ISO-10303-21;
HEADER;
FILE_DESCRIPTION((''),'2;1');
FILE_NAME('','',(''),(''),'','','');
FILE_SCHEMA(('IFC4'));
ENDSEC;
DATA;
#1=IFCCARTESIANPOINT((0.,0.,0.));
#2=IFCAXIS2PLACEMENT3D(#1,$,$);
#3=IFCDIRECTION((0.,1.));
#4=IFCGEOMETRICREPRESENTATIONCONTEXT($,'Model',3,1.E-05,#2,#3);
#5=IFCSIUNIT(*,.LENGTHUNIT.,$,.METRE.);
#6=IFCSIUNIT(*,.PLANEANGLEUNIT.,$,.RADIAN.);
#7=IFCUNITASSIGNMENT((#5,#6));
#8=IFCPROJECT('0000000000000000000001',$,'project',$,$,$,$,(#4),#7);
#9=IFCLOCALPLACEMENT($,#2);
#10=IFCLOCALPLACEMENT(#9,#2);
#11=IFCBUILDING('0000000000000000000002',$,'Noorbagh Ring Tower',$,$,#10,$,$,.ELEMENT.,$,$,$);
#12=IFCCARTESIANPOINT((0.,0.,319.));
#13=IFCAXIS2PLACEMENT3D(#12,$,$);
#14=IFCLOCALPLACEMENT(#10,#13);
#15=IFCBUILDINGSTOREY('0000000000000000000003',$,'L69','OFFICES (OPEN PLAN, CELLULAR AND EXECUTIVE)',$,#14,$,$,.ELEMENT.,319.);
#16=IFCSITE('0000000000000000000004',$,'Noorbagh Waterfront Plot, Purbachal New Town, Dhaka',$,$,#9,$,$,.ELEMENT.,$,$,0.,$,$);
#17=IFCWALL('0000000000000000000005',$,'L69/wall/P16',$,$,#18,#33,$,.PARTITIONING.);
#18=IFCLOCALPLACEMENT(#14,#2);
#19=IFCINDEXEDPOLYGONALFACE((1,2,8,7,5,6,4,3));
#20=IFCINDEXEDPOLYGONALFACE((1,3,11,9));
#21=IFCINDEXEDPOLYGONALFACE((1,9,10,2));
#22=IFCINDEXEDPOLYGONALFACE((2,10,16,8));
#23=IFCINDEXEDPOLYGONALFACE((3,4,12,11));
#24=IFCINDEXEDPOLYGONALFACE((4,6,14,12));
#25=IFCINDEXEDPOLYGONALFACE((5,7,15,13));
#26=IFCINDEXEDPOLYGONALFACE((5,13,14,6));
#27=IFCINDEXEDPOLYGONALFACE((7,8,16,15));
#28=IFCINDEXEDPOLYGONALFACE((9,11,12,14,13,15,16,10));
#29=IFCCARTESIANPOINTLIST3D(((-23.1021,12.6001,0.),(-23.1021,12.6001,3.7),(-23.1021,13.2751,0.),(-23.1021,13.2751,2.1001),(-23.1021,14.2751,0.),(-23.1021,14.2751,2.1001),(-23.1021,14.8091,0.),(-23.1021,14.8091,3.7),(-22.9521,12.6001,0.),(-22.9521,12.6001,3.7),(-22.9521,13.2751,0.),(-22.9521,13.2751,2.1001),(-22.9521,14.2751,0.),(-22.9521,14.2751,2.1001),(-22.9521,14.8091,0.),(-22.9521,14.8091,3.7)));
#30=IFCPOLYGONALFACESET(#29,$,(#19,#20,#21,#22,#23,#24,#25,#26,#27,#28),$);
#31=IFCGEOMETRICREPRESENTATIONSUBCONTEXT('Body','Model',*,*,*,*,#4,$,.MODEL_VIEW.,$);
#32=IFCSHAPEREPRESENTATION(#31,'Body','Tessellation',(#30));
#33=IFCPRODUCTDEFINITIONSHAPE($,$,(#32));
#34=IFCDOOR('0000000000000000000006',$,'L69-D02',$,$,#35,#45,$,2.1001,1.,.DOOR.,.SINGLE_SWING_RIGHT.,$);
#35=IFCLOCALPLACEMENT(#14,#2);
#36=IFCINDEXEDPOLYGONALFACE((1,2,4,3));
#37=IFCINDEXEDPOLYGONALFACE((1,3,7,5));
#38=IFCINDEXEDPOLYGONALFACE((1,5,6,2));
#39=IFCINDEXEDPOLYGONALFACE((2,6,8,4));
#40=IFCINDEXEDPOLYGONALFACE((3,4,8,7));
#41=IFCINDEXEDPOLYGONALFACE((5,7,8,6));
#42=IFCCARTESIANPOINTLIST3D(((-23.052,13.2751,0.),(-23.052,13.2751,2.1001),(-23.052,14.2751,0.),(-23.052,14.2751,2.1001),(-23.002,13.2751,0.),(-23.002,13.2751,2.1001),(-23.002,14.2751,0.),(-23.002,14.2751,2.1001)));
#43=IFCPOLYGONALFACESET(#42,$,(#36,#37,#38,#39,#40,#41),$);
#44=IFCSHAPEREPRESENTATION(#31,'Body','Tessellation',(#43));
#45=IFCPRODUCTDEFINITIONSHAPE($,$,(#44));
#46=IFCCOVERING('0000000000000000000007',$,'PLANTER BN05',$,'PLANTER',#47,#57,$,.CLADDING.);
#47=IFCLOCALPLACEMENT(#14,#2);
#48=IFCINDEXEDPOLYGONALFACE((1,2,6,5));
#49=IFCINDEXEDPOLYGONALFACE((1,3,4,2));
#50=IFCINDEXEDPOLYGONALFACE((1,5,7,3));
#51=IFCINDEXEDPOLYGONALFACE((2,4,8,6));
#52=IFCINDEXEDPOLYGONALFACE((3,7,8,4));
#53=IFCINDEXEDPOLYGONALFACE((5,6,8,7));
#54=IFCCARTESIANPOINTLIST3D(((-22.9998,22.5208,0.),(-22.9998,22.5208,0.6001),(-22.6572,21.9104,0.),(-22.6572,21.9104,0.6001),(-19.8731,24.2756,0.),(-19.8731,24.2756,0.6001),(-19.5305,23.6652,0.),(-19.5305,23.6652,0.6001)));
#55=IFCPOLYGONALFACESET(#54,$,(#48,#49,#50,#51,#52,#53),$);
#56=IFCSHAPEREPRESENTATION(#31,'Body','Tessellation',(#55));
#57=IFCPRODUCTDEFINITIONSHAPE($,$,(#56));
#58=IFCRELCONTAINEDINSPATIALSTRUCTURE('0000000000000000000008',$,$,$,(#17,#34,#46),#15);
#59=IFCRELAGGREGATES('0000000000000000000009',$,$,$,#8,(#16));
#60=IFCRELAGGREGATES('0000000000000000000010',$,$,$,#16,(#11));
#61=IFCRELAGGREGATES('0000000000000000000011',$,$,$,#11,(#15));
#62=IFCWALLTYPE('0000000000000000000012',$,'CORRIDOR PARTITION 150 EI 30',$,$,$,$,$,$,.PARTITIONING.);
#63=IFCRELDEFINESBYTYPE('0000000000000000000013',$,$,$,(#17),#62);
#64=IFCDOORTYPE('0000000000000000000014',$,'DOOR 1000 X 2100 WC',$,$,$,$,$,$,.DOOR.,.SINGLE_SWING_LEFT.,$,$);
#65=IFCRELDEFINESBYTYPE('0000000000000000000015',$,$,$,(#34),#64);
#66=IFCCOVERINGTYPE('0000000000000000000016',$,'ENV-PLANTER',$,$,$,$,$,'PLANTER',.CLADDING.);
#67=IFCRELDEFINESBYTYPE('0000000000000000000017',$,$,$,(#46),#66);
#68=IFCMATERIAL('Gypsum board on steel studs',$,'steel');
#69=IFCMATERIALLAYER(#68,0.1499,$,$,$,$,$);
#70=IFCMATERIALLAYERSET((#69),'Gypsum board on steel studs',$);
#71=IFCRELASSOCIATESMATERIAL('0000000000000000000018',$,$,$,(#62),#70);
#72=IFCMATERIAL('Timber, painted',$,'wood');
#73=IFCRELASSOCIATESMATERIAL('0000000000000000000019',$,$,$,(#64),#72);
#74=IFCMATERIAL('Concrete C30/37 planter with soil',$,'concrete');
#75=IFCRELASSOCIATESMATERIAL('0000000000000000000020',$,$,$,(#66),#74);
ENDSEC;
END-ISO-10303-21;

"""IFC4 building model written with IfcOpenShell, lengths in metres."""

from ifc_helpers import new_model, si_unit, direction, frame, frame_2d, origin, origin_2d, place, context, subcontext, project, spatial, rectangle, extrude, material, layer, layer_set, type_object, element, fill, save


model = new_model("IFC4")

# Units and contexts
model_context = context("Model", 3, precision=1e-05, world=origin(), true_north=direction((0.0, 1.0)))
body_context = subcontext(model_context, "Body", "Model", "MODEL_VIEW")
ifc_project = project(units=[si_unit("LENGTHUNIT", "METRE"), si_unit("PLANEANGLEUNIT", "RADIAN")], contexts=[model_context])

# Site, building, storey
site_placement = place(None, origin())
site = spatial("IfcSite", under=ifc_project, at=site_placement, Name="Noorbagh Waterfront Plot, Purbachal New Town, Dhaka", CompositionType="ELEMENT", RefElevation=0.0)
building_placement = place(site_placement, origin())
building = spatial("IfcBuilding", under=site, at=building_placement, Name="Noorbagh Ring Tower", CompositionType="ELEMENT")
storey_placement = place(building_placement, frame((0.0, 0.0, 319.0)))
storey = spatial("IfcBuildingStorey", under=building, at=storey_placement, Name="L69", Description="OFFICES (OPEN PLAN, CELLULAR AND EXECUTIVE)", CompositionType="ELEMENT", Elevation=319.0)

# Shared definitions
ifc_material_1 = material(Name="Gypsum board on steel studs", Category="steel")
ifc_layer_1 = layer(ifc_material_1, 0.1499)
ifc_layer_set_1 = layer_set([ifc_layer_1], Name="Gypsum board on steel studs")
wall_type_1 = type_object("IfcWallType", Name="CORRIDOR PARTITION 150 EI 30", PredefinedType="PARTITIONING", material=ifc_layer_set_1)
ifc_material_2 = material(Name="Timber, painted", Category="wood")
door_type_1 = type_object("IfcDoorType", Name="DOOR 1000 X 2100 WC", OperationType="SINGLE_SWING_LEFT", PredefinedType="DOOR", material=ifc_material_2)

# Wall, opening, door
wall_1_placement = place(storey_placement, frame((-23.0271, 12.6001, 0.0), z_axis=(0.0, 0.0, 1.0), x_axis=(0.0, 1.0, 0.0)))
wall_1 = element("IfcWall", 1, at=wall_1_placement, inside=storey, type_object=wall_type_1, Name="L69/wall/P16", PredefinedType="PARTITIONING", context=body_context, shape_type="SweptSolid", body=[
    extrude(rectangle(XDim=2.209, YDim=0.1499, at=frame_2d((1.1045, 0.0))), origin(), (0.0, 0.0, 1.0), 3.7),
])
opening_1_placement = place(wall_1_placement, frame((0.675, 0.0, 0.0)))
opening_1 = element("IfcOpeningElement", 2, at=opening_1_placement, cuts=wall_1, PredefinedType="OPENING", context=body_context, shape_type="SweptSolid", body=[
    extrude(rectangle(XDim=1.0, YDim=2.1001, at=frame_2d((0.5, 1.05))), frame((0.0, 0.085, 0.0), z_axis=(0.0, -1.0, 0.0), x_axis=(1.0, 0.0, 0.0)), (0.0, 0.0, 1.0), 0.1699),
])
door_1_placement = place(opening_1_placement, origin())
door_1 = element("IfcDoor", 3, at=door_1_placement, inside=storey, type_object=door_type_1, Name="L69-D02", OperationType="SINGLE_SWING_RIGHT", OverallHeight=2.1001, OverallWidth=1.0, PredefinedType="DOOR", context=body_context, shape_type="SweptSolid", body=[
    extrude(rectangle(XDim=1.0, YDim=2.1001, at=frame_2d((0.5, 1.05))), frame((0.0, 0.0249, 0.0), z_axis=(0.0, -1.0, 0.0), x_axis=(1.0, 0.0, 0.0)), (0.0, 0.0, 1.0), 0.05),
])
fill(opening_1, door_1)

# Covering
ifc_material_3 = material(Name="Concrete C30/37 planter with soil", Category="concrete")
covering_type = type_object("IfcCoveringType", Name="ENV-PLANTER", ElementType="PLANTER", PredefinedType="CLADDING", material=ifc_material_3)
covering_placement = place(storey_placement, frame((-21.2651, 23.093, 0.0), z_axis=(0.0, 0.0, 1.0), x_axis=(-0.872045, -0.489426, 0.0)))
element("IfcCovering", 4, at=covering_placement, inside=storey, type_object=covering_type, Name="PLANTER BN05", ObjectType="PLANTER", PredefinedType="CLADDING", context=body_context, shape_type="SweptSolid", body=[
    extrude(rectangle(XDim=3.5854, YDim=0.7, at=origin_2d()), origin(), (0.0, 0.0, 1.0), 0.6001),
])

save(model, "model.ifc")
